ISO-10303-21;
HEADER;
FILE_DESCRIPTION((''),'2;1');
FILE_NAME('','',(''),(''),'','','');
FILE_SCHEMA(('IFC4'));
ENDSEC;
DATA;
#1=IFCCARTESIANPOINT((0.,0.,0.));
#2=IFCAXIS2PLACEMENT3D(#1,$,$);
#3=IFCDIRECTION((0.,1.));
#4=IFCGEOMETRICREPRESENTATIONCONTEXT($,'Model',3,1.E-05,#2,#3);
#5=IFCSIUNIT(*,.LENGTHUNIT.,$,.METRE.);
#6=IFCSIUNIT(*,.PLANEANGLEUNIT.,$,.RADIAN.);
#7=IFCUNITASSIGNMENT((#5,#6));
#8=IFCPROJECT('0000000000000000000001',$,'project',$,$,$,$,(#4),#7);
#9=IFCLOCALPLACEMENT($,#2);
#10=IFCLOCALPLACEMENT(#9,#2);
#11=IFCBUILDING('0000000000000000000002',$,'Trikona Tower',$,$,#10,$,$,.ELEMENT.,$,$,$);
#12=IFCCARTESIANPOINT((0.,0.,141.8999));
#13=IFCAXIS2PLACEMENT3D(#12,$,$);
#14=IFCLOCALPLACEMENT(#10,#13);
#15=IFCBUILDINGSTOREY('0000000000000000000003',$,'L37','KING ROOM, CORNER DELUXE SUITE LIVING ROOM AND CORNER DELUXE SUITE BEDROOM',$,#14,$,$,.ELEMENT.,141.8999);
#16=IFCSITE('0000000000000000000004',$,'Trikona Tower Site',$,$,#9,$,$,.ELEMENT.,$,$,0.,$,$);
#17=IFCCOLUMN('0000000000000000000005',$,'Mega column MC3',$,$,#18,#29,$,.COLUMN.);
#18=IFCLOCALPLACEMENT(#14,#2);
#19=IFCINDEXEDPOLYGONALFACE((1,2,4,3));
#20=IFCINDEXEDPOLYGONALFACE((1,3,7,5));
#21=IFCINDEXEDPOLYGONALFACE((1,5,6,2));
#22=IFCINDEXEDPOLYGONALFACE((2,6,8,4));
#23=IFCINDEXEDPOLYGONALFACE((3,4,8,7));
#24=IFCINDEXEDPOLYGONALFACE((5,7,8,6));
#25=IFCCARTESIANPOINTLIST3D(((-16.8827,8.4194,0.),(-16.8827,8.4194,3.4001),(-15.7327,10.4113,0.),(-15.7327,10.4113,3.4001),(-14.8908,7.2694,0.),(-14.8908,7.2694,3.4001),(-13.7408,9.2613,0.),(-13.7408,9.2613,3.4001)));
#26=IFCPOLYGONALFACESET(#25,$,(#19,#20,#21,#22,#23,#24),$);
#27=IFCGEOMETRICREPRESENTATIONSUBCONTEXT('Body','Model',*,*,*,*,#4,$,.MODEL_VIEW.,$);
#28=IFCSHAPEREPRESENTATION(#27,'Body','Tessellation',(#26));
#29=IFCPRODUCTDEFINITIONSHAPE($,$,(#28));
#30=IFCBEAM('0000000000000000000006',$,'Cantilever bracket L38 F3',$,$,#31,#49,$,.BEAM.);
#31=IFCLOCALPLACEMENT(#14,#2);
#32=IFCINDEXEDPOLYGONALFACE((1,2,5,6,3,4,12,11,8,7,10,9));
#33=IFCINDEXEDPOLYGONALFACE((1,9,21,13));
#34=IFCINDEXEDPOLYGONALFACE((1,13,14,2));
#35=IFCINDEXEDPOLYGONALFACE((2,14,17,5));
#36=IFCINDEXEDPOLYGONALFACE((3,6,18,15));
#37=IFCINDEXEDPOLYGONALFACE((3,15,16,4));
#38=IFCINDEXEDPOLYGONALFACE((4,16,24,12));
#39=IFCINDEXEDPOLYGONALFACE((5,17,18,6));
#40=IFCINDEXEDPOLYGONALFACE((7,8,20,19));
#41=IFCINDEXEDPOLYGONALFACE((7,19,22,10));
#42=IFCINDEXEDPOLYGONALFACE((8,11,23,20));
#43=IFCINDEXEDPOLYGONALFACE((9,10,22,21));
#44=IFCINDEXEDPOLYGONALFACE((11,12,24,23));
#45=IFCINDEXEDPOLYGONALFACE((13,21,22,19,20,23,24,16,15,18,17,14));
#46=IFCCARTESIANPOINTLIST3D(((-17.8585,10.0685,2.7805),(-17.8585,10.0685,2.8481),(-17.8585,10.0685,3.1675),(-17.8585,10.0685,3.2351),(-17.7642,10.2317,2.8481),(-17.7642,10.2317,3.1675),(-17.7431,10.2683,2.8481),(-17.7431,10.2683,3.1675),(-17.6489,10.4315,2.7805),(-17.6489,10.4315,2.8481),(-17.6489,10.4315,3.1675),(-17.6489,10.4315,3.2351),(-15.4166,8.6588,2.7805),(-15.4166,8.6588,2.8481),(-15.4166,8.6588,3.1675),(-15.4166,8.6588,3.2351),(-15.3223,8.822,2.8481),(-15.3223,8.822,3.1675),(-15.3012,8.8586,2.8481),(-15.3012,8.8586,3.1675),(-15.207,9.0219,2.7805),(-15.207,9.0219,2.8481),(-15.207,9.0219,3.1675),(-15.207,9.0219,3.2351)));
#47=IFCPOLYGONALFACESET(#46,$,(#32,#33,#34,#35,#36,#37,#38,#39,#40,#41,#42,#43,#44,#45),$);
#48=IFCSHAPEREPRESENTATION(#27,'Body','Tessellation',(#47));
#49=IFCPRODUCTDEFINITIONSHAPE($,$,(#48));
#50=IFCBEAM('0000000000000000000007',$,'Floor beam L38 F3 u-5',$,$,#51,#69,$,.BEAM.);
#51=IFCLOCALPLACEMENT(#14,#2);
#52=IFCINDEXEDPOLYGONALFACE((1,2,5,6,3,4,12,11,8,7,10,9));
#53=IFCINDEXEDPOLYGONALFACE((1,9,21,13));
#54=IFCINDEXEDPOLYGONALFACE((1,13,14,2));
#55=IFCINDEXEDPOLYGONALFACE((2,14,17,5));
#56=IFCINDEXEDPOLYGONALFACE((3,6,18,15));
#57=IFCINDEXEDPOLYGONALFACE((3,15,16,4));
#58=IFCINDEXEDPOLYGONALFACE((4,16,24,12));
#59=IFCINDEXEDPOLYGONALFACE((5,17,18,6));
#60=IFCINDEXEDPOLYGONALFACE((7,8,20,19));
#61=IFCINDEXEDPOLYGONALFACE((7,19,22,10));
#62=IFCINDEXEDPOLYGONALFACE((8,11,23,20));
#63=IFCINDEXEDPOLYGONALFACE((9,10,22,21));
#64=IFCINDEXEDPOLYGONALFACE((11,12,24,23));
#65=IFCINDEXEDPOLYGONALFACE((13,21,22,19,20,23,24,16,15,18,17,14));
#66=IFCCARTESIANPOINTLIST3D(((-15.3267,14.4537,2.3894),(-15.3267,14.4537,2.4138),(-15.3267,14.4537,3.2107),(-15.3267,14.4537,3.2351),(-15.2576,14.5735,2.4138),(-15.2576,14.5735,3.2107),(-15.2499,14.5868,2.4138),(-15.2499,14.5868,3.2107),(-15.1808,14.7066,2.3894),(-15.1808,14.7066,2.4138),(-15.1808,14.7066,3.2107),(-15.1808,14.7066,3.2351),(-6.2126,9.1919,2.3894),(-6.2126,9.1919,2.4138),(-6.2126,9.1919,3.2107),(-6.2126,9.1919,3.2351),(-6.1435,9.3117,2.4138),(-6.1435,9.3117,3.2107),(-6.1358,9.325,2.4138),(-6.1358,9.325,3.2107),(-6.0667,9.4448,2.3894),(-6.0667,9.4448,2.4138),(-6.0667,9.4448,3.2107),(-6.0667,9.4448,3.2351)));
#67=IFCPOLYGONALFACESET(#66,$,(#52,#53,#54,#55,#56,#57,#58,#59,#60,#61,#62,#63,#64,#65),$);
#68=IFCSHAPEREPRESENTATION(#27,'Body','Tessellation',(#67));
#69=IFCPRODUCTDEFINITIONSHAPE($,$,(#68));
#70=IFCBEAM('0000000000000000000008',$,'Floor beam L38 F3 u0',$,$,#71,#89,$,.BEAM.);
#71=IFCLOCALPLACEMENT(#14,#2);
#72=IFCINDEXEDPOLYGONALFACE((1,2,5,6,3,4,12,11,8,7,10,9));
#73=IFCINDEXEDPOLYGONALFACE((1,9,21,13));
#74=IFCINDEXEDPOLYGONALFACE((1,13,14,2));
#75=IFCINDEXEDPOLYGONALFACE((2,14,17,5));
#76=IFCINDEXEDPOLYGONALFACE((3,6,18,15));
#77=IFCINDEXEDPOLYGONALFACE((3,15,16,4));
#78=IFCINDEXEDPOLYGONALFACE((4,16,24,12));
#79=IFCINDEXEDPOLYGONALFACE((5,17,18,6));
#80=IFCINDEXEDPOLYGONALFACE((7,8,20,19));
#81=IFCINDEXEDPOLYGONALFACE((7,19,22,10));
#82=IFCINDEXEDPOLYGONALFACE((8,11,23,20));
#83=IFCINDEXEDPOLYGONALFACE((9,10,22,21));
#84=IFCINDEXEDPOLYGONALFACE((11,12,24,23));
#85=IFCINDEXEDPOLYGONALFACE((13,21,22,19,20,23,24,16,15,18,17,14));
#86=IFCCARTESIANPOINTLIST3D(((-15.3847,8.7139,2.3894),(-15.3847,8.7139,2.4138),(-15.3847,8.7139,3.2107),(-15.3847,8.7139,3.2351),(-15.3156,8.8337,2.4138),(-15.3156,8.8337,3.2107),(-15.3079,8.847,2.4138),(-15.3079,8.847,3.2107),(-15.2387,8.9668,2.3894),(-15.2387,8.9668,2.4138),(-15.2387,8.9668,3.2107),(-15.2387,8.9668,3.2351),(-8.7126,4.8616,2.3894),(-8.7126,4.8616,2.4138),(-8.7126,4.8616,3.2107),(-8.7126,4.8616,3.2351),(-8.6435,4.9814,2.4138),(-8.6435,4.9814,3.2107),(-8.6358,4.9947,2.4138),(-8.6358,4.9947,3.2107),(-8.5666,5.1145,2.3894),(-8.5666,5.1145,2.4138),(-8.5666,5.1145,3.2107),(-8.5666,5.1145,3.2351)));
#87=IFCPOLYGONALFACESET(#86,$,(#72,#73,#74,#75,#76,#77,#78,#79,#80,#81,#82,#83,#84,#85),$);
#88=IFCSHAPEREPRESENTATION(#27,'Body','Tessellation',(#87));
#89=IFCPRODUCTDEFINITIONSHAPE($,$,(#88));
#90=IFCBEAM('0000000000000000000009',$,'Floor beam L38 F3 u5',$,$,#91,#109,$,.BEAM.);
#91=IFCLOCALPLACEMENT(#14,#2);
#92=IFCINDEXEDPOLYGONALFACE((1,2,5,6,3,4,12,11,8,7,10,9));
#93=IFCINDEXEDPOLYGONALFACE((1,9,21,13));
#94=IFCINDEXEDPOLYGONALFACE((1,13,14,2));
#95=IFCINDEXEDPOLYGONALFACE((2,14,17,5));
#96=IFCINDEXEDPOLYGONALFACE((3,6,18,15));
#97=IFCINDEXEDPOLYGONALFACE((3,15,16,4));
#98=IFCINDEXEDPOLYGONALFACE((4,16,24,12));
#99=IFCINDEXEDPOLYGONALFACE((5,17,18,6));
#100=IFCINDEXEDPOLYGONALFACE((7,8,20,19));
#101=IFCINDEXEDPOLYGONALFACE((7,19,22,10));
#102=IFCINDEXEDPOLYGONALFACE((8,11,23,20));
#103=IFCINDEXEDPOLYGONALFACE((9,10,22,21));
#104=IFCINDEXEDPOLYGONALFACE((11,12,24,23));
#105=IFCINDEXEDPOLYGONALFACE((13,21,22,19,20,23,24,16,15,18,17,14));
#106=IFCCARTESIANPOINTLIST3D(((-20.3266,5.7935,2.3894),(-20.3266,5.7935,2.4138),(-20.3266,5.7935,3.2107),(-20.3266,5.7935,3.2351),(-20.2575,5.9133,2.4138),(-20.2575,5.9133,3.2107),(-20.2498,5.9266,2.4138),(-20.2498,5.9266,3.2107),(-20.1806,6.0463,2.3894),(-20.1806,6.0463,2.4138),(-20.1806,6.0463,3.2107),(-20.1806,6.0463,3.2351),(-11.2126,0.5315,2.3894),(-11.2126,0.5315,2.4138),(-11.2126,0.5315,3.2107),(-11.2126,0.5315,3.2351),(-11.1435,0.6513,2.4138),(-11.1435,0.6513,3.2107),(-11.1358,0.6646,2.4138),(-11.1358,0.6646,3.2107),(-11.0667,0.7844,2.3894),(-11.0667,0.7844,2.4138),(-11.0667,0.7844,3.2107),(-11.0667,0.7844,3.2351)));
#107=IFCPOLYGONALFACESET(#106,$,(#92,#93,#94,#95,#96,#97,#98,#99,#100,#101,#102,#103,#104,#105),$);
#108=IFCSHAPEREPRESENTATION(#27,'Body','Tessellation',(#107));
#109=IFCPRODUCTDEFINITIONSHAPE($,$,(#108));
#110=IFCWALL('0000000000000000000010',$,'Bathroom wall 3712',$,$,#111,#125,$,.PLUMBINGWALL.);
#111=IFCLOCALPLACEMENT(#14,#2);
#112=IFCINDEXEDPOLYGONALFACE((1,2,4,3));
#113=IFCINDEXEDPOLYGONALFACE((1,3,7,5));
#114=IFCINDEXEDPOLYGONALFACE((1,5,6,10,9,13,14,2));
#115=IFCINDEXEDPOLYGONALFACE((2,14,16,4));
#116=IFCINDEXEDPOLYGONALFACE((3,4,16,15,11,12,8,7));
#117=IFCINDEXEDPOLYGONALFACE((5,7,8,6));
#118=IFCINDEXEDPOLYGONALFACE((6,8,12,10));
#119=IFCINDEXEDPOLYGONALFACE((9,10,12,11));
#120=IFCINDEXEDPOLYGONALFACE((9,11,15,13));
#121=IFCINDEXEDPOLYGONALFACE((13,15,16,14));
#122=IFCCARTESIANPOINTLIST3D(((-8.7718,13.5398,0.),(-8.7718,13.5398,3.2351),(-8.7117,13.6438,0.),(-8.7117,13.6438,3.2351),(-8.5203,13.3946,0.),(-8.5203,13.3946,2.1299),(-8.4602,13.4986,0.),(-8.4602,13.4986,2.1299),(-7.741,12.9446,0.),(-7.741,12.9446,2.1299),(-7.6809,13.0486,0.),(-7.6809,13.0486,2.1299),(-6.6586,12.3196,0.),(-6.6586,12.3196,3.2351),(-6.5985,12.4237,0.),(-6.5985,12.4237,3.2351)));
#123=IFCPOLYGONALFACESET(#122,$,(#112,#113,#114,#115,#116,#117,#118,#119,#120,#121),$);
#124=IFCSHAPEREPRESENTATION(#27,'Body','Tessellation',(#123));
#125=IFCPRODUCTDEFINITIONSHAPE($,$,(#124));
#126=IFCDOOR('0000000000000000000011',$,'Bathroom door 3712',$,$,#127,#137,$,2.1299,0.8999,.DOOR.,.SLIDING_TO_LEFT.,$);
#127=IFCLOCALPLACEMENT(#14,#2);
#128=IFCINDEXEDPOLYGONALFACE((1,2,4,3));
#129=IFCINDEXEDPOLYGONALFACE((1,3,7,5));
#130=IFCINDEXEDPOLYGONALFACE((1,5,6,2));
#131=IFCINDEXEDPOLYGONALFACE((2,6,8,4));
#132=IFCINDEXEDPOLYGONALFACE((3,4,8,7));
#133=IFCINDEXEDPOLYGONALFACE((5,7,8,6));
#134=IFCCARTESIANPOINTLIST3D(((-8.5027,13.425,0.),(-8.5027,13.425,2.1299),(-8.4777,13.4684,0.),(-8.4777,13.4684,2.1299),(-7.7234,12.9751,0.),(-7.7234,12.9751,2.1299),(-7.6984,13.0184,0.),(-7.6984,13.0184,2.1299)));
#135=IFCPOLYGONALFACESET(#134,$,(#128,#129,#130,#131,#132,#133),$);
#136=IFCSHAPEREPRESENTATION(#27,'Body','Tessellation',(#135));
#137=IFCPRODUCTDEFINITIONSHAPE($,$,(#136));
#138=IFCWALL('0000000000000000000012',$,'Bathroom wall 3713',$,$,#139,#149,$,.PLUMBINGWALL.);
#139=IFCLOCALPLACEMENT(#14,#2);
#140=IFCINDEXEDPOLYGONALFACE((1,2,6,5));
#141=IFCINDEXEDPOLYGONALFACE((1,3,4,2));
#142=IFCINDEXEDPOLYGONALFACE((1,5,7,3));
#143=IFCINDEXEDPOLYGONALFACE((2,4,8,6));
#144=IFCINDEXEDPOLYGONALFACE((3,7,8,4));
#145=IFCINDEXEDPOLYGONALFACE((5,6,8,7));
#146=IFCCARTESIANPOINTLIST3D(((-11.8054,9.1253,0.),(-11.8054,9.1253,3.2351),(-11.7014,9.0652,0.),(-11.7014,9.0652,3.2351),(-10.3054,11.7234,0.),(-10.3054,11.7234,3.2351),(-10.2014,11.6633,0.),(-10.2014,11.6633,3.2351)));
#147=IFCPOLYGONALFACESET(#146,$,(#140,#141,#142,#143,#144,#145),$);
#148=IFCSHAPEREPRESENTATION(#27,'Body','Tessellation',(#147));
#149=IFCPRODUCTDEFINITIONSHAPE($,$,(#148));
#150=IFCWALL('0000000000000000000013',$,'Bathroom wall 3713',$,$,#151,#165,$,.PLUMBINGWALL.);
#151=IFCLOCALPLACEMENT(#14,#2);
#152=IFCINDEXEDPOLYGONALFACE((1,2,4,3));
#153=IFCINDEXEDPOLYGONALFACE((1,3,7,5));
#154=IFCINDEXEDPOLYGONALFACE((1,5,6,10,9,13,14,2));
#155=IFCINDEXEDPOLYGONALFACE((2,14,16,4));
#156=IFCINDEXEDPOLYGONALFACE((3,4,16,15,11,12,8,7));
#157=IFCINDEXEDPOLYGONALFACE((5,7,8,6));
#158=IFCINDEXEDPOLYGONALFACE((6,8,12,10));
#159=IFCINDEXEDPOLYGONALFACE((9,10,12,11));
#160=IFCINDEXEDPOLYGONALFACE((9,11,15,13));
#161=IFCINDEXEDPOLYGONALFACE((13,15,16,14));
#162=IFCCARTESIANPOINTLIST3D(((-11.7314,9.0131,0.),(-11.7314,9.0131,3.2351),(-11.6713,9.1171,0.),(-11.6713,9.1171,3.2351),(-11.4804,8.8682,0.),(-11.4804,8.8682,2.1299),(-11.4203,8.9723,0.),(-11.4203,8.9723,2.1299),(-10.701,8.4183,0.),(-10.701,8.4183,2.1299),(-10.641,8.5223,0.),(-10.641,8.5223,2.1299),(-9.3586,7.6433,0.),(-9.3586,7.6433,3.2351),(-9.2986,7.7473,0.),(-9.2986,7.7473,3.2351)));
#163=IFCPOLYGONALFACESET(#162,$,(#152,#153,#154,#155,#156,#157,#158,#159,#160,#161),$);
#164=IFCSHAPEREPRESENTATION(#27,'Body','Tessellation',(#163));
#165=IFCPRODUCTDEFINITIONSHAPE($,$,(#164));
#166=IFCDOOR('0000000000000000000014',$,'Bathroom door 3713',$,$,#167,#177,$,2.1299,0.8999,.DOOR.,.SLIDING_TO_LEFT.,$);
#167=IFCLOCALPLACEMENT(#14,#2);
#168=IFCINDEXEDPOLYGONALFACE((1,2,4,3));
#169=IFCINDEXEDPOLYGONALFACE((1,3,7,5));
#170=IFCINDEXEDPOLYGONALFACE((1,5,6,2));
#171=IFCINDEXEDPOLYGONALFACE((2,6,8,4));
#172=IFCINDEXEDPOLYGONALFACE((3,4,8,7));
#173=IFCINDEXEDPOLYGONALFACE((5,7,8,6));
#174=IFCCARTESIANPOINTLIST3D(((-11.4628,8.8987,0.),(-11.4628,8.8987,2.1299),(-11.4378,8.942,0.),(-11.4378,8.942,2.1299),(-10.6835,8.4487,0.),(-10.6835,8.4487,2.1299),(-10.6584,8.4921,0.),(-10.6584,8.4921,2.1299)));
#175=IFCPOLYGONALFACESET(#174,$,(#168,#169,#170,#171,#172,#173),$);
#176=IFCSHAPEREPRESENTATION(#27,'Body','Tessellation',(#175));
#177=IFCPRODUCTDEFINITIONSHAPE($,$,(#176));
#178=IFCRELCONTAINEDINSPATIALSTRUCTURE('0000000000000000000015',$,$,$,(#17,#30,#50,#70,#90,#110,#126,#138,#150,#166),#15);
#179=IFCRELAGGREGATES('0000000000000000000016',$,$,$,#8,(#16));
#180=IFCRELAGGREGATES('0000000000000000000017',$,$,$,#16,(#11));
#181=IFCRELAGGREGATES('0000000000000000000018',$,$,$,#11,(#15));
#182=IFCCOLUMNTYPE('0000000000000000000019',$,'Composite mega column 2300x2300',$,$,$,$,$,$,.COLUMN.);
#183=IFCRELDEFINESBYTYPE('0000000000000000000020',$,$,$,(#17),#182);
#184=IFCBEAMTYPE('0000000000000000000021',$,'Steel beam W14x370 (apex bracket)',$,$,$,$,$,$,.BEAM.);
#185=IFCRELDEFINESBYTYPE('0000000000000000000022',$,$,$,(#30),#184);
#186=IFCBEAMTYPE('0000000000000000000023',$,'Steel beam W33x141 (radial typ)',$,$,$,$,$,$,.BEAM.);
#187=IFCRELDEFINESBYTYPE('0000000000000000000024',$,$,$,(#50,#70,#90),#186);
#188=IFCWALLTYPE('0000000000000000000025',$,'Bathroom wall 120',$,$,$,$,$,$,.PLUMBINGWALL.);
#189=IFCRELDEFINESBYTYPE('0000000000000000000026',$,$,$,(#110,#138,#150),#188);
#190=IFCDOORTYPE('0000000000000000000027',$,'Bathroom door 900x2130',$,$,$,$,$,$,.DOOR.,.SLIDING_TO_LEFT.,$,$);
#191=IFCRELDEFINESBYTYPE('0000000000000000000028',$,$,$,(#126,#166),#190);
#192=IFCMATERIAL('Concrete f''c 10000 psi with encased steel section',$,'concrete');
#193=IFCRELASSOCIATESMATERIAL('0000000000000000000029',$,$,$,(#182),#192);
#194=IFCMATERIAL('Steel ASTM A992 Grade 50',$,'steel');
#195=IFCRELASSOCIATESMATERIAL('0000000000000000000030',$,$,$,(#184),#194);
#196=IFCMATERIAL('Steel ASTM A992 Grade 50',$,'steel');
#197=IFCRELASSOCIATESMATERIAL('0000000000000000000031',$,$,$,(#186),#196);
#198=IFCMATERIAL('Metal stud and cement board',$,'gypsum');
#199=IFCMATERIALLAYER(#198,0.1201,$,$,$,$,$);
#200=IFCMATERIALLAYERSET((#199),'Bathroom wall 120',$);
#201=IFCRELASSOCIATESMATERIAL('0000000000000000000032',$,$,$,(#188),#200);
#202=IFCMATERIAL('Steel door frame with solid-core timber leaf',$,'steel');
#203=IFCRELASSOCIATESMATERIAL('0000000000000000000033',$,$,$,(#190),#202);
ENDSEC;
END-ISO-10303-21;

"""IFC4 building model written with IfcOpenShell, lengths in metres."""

from ifc_helpers import new_model, si_unit, direction, frame, frame_2d, origin, origin_2d, place, context, subcontext, project, spatial, rectangle, i_section, extrude, material, layer, layer_set, material_profile, profile_set, type_object, element, fill, save


model = new_model("IFC4")

# Units and contexts
model_context = context("Model", 3, precision=1e-05, world=origin(), true_north=direction((0.0, 1.0)))
body_context = subcontext(model_context, "Body", "Model", "MODEL_VIEW")
ifc_project = project(units=[si_unit("LENGTHUNIT", "METRE"), si_unit("PLANEANGLEUNIT", "RADIAN")], contexts=[model_context])

# Site, building, storey
site_placement = place(None, origin())
site = spatial("IfcSite", under=ifc_project, at=site_placement, Name="Trikona Tower Site", CompositionType="ELEMENT", RefElevation=0.0)
building_placement = place(site_placement, origin())
building = spatial("IfcBuilding", under=site, at=building_placement, Name="Trikona Tower", CompositionType="ELEMENT")
storey_placement = place(building_placement, frame((0.0, 0.0, 141.8999)))
storey = spatial("IfcBuildingStorey", under=building, at=storey_placement, Name="L37", Description="KING ROOM, CORNER DELUXE SUITE LIVING ROOM AND CORNER DELUXE SUITE BEDROOM", CompositionType="ELEMENT", Elevation=141.8999)

# Column
ifc_material_1 = material(Name="Concrete f'c 10000 psi with encased steel section", Category="concrete")
ifc_material_profile_1 = material_profile(ifc_material_1, rectangle(XDim=2.3, YDim=2.3, at=origin_2d()), Name="MC2300")
ifc_profile_set_1 = profile_set([ifc_material_profile_1], Name="Concrete f'c 10000 psi with encased steel section")
column_type = type_object("IfcColumnType", Name="Composite mega column 2300x2300", PredefinedType="COLUMN", material=ifc_profile_set_1)
column_placement = place(storey_placement, frame((-15.3118, 8.8403, 0.0), z_axis=(0.0, 0.0, 1.0), x_axis=(-0.866025, 0.5, 0.0)))
element("IfcColumn", 1, at=column_placement, inside=storey, type_object=column_type, Name="Mega column MC3", PredefinedType="COLUMN", context=body_context, shape_type="SweptSolid", body=[
    extrude(rectangle(XDim=2.3, YDim=2.3, at=origin_2d()), origin(), (0.0, 0.0, 1.0), 3.4001),
])

# Beams
ifc_material_2 = material(Name="Steel ASTM A992 Grade 50", Category="steel")
ifc_material_profile_2 = material_profile(ifc_material_2, i_section(OverallWidth=0.4192, OverallDepth=0.4546, WebThickness=0.0422, FlangeThickness=0.0676, at=origin_2d()), Name="W14X370")
ifc_profile_set_2 = profile_set([ifc_material_profile_2], Name="Steel ASTM A992 Grade 50")
beam_type_1 = type_object("IfcBeamType", Name="Steel beam W14x370 (apex bracket)", PredefinedType="BEAM", material=ifc_profile_set_2)
beam_1_placement = place(storey_placement, frame((-15.3118, 8.8403, 3.0078), z_axis=(-0.86605, 0.499957, 0.0), x_axis=(-0.499957, -0.86605, 0.0)))
element("IfcBeam", 2, at=beam_1_placement, inside=storey, type_object=beam_type_1, Name="Cantilever bracket L38 F3", PredefinedType="BEAM", context=body_context, shape_type="SweptSolid", body=[
    extrude(i_section(OverallWidth=0.4192, OverallDepth=0.4546, WebThickness=0.0422, FlangeThickness=0.0676, at=origin_2d()), origin(), (0.0, 0.0, 1.0), 2.8196),
])
ifc_material_3 = material(Name="Steel ASTM A992 Grade 50", Category="steel")
ifc_material_profile_3 = material_profile(ifc_material_3, i_section(OverallWidth=0.292, OverallDepth=0.8457, WebThickness=0.0154, FlangeThickness=0.0244, at=origin_2d()), Name="W33X141")
ifc_profile_set_3 = profile_set([ifc_material_profile_3], Name="Steel ASTM A992 Grade 50")
beam_type_2 = type_object("IfcBeamType", Name="Steel beam W33x141 (radial typ)", PredefinedType="BEAM", material=ifc_profile_set_3)
beam_2_placement = place(storey_placement, frame((-6.1396, 9.3184, 2.8123), z_axis=(-0.866036, 0.499982, 0.0), x_axis=(-0.499982, -0.866036, 0.0)))
element("IfcBeam", 3, at=beam_2_placement, inside=storey, type_object=beam_type_2, Name="Floor beam L38 F3 u-5", PredefinedType="BEAM", context=body_context, shape_type="SweptSolid", body=[
    extrude(i_section(OverallWidth=0.292, OverallDepth=0.8457, WebThickness=0.0154, FlangeThickness=0.0244, at=origin_2d()), origin(), (0.0, 0.0, 1.0), 10.5239),
])
beam_3_placement = place(storey_placement, frame((-8.6396, 4.988, 2.8123), z_axis=(-0.866017, 0.500014, 0.0), x_axis=(-0.500014, -0.866017, 0.0)))
element("IfcBeam", 4, at=beam_3_placement, inside=storey, type_object=beam_type_2, Name="Floor beam L38 F3 u0", PredefinedType="BEAM", context=body_context, shape_type="SweptSolid", body=[
    extrude(i_section(OverallWidth=0.292, OverallDepth=0.8457, WebThickness=0.0154, FlangeThickness=0.0244, at=origin_2d()), origin(), (0.0, 0.0, 1.0), 7.7043),
])
beam_4_placement = place(storey_placement, frame((-11.1396, 0.658, 2.8123), z_axis=(-0.866026, 0.499999, 0.0), x_axis=(-0.499999, -0.866026, 0.0)))
element("IfcBeam", 5, at=beam_4_placement, inside=storey, type_object=beam_type_2, Name="Floor beam L38 F3 u5", PredefinedType="BEAM", context=body_context, shape_type="SweptSolid", body=[
    extrude(i_section(OverallWidth=0.292, OverallDepth=0.8457, WebThickness=0.0154, FlangeThickness=0.0244, at=origin_2d()), origin(), (0.0, 0.0, 1.0), 10.5239),
])

# Wall, opening, door
ifc_material_4 = material(Name="Metal stud and cement board", Category="gypsum")
ifc_layer_1 = layer(ifc_material_4, 0.1201)
ifc_layer_set_1 = layer_set([ifc_layer_1], Name="Bathroom wall 120")
wall_type_1 = type_object("IfcWallType", Name="Bathroom wall 120", PredefinedType="PLUMBINGWALL", material=ifc_layer_set_1)
wall_1_placement = place(storey_placement, frame((-6.6284, 12.3716, 0.0), z_axis=(0.0, 0.0, 1.0), x_axis=(-0.866006, 0.500034, 0.0)))
wall_1 = element("IfcWall", 6, at=wall_1_placement, inside=storey, type_object=wall_type_1, Name="Bathroom wall 3712", PredefinedType="PLUMBINGWALL", context=body_context, shape_type="SweptSolid", body=[
    extrude(rectangle(XDim=2.4402, YDim=0.1201, at=frame_2d((1.2202, 0.0))), origin(), (0.0, 0.0, 1.0), 3.2351),
])
opening_1_placement = place(wall_1_placement, frame((1.25, 0.0, 0.0)))
opening_1 = element("IfcOpeningElement", 7, at=opening_1_placement, cuts=wall_1, PredefinedType="OPENING", context=body_context, shape_type="SweptSolid", body=[
    extrude(rectangle(XDim=0.8999, YDim=2.1299, at=frame_2d((0.45, 1.0649))), frame((0.0, 0.0701, 0.0), z_axis=(0.0, -1.0, 0.0), x_axis=(1.0, 0.0, 0.0)), (0.0, 0.0, 1.0), 0.1401),
])
ifc_material_5 = material(Name="Steel door frame with solid-core timber leaf", Category="steel")
door_type_1 = type_object("IfcDoorType", Name="Bathroom door 900x2130", OperationType="SLIDING_TO_LEFT", PredefinedType="DOOR", material=ifc_material_5)
door_1_placement = place(opening_1_placement, origin())
door_1 = element("IfcDoor", 8, at=door_1_placement, inside=storey, type_object=door_type_1, Name="Bathroom door 3712", OperationType="SLIDING_TO_LEFT", OverallHeight=2.1299, OverallWidth=0.8999, PredefinedType="DOOR", context=body_context, shape_type="SweptSolid", body=[
    extrude(rectangle(XDim=0.8999, YDim=2.1299, at=frame_2d((0.45, 1.0649))), frame((0.0, 0.0249, 0.0), z_axis=(0.0, -1.0, 0.0), x_axis=(1.0, 0.0, 0.0)), (0.0, 0.0, 1.0), 0.05),
])
fill(opening_1, door_1)

# Wall
wall_2_placement = place(storey_placement, frame((-10.2534, 11.6934, 0.0), z_axis=(0.0, 0.0, 1.0), x_axis=(-0.49999, -0.866031, 0.0)))
element("IfcWall", 9, at=wall_2_placement, inside=storey, type_object=wall_type_1, Name="Bathroom wall 3713", PredefinedType="PLUMBINGWALL", context=body_context, shape_type="SweptSolid", body=[
    extrude(rectangle(XDim=3.0, YDim=0.1201, at=frame_2d((1.5, 0.0))), origin(), (0.0, 0.0, 1.0), 3.2351),
])

# Wall, opening, door
wall_3_placement = place(storey_placement, frame((-9.3286, 7.6953, 0.0), z_axis=(0.0, 0.0, 1.0), x_axis=(-0.866036, 0.499982, 0.0)))
wall_3 = element("IfcWall", 10, at=wall_3_placement, inside=storey, type_object=wall_type_1, Name="Bathroom wall 3713", PredefinedType="PLUMBINGWALL", context=body_context, shape_type="SweptSolid", body=[
    extrude(rectangle(XDim=2.7397, YDim=0.1201, at=frame_2d((1.3699, 0.0))), origin(), (0.0, 0.0, 1.0), 3.2351),
])
opening_2_placement = place(wall_3_placement, frame((1.55, 0.0, 0.0)))
opening_2 = element("IfcOpeningElement", 11, at=opening_2_placement, cuts=wall_3, PredefinedType="OPENING", context=body_context, shape_type="SweptSolid", body=[
    extrude(rectangle(XDim=0.8999, YDim=2.1299, at=frame_2d((0.45, 1.0649))), frame((0.0, 0.0701, 0.0), z_axis=(0.0, -1.0, 0.0), x_axis=(1.0, 0.0, 0.0)), (0.0, 0.0, 1.0), 0.1401),
])
door_2_placement = place(opening_2_placement, origin())
door_2 = element("IfcDoor", 12, at=door_2_placement, inside=storey, type_object=door_type_1, Name="Bathroom door 3713", OperationType="SLIDING_TO_LEFT", OverallHeight=2.1299, OverallWidth=0.8999, PredefinedType="DOOR", context=body_context, shape_type="SweptSolid", body=[
    extrude(rectangle(XDim=0.8999, YDim=2.1299, at=frame_2d((0.45, 1.0649))), frame((0.0, 0.0249, 0.0), z_axis=(0.0, -1.0, 0.0), x_axis=(1.0, 0.0, 0.0)), (0.0, 0.0, 1.0), 0.05),
])
fill(opening_2, door_2)

save(model, "model.ifc")
